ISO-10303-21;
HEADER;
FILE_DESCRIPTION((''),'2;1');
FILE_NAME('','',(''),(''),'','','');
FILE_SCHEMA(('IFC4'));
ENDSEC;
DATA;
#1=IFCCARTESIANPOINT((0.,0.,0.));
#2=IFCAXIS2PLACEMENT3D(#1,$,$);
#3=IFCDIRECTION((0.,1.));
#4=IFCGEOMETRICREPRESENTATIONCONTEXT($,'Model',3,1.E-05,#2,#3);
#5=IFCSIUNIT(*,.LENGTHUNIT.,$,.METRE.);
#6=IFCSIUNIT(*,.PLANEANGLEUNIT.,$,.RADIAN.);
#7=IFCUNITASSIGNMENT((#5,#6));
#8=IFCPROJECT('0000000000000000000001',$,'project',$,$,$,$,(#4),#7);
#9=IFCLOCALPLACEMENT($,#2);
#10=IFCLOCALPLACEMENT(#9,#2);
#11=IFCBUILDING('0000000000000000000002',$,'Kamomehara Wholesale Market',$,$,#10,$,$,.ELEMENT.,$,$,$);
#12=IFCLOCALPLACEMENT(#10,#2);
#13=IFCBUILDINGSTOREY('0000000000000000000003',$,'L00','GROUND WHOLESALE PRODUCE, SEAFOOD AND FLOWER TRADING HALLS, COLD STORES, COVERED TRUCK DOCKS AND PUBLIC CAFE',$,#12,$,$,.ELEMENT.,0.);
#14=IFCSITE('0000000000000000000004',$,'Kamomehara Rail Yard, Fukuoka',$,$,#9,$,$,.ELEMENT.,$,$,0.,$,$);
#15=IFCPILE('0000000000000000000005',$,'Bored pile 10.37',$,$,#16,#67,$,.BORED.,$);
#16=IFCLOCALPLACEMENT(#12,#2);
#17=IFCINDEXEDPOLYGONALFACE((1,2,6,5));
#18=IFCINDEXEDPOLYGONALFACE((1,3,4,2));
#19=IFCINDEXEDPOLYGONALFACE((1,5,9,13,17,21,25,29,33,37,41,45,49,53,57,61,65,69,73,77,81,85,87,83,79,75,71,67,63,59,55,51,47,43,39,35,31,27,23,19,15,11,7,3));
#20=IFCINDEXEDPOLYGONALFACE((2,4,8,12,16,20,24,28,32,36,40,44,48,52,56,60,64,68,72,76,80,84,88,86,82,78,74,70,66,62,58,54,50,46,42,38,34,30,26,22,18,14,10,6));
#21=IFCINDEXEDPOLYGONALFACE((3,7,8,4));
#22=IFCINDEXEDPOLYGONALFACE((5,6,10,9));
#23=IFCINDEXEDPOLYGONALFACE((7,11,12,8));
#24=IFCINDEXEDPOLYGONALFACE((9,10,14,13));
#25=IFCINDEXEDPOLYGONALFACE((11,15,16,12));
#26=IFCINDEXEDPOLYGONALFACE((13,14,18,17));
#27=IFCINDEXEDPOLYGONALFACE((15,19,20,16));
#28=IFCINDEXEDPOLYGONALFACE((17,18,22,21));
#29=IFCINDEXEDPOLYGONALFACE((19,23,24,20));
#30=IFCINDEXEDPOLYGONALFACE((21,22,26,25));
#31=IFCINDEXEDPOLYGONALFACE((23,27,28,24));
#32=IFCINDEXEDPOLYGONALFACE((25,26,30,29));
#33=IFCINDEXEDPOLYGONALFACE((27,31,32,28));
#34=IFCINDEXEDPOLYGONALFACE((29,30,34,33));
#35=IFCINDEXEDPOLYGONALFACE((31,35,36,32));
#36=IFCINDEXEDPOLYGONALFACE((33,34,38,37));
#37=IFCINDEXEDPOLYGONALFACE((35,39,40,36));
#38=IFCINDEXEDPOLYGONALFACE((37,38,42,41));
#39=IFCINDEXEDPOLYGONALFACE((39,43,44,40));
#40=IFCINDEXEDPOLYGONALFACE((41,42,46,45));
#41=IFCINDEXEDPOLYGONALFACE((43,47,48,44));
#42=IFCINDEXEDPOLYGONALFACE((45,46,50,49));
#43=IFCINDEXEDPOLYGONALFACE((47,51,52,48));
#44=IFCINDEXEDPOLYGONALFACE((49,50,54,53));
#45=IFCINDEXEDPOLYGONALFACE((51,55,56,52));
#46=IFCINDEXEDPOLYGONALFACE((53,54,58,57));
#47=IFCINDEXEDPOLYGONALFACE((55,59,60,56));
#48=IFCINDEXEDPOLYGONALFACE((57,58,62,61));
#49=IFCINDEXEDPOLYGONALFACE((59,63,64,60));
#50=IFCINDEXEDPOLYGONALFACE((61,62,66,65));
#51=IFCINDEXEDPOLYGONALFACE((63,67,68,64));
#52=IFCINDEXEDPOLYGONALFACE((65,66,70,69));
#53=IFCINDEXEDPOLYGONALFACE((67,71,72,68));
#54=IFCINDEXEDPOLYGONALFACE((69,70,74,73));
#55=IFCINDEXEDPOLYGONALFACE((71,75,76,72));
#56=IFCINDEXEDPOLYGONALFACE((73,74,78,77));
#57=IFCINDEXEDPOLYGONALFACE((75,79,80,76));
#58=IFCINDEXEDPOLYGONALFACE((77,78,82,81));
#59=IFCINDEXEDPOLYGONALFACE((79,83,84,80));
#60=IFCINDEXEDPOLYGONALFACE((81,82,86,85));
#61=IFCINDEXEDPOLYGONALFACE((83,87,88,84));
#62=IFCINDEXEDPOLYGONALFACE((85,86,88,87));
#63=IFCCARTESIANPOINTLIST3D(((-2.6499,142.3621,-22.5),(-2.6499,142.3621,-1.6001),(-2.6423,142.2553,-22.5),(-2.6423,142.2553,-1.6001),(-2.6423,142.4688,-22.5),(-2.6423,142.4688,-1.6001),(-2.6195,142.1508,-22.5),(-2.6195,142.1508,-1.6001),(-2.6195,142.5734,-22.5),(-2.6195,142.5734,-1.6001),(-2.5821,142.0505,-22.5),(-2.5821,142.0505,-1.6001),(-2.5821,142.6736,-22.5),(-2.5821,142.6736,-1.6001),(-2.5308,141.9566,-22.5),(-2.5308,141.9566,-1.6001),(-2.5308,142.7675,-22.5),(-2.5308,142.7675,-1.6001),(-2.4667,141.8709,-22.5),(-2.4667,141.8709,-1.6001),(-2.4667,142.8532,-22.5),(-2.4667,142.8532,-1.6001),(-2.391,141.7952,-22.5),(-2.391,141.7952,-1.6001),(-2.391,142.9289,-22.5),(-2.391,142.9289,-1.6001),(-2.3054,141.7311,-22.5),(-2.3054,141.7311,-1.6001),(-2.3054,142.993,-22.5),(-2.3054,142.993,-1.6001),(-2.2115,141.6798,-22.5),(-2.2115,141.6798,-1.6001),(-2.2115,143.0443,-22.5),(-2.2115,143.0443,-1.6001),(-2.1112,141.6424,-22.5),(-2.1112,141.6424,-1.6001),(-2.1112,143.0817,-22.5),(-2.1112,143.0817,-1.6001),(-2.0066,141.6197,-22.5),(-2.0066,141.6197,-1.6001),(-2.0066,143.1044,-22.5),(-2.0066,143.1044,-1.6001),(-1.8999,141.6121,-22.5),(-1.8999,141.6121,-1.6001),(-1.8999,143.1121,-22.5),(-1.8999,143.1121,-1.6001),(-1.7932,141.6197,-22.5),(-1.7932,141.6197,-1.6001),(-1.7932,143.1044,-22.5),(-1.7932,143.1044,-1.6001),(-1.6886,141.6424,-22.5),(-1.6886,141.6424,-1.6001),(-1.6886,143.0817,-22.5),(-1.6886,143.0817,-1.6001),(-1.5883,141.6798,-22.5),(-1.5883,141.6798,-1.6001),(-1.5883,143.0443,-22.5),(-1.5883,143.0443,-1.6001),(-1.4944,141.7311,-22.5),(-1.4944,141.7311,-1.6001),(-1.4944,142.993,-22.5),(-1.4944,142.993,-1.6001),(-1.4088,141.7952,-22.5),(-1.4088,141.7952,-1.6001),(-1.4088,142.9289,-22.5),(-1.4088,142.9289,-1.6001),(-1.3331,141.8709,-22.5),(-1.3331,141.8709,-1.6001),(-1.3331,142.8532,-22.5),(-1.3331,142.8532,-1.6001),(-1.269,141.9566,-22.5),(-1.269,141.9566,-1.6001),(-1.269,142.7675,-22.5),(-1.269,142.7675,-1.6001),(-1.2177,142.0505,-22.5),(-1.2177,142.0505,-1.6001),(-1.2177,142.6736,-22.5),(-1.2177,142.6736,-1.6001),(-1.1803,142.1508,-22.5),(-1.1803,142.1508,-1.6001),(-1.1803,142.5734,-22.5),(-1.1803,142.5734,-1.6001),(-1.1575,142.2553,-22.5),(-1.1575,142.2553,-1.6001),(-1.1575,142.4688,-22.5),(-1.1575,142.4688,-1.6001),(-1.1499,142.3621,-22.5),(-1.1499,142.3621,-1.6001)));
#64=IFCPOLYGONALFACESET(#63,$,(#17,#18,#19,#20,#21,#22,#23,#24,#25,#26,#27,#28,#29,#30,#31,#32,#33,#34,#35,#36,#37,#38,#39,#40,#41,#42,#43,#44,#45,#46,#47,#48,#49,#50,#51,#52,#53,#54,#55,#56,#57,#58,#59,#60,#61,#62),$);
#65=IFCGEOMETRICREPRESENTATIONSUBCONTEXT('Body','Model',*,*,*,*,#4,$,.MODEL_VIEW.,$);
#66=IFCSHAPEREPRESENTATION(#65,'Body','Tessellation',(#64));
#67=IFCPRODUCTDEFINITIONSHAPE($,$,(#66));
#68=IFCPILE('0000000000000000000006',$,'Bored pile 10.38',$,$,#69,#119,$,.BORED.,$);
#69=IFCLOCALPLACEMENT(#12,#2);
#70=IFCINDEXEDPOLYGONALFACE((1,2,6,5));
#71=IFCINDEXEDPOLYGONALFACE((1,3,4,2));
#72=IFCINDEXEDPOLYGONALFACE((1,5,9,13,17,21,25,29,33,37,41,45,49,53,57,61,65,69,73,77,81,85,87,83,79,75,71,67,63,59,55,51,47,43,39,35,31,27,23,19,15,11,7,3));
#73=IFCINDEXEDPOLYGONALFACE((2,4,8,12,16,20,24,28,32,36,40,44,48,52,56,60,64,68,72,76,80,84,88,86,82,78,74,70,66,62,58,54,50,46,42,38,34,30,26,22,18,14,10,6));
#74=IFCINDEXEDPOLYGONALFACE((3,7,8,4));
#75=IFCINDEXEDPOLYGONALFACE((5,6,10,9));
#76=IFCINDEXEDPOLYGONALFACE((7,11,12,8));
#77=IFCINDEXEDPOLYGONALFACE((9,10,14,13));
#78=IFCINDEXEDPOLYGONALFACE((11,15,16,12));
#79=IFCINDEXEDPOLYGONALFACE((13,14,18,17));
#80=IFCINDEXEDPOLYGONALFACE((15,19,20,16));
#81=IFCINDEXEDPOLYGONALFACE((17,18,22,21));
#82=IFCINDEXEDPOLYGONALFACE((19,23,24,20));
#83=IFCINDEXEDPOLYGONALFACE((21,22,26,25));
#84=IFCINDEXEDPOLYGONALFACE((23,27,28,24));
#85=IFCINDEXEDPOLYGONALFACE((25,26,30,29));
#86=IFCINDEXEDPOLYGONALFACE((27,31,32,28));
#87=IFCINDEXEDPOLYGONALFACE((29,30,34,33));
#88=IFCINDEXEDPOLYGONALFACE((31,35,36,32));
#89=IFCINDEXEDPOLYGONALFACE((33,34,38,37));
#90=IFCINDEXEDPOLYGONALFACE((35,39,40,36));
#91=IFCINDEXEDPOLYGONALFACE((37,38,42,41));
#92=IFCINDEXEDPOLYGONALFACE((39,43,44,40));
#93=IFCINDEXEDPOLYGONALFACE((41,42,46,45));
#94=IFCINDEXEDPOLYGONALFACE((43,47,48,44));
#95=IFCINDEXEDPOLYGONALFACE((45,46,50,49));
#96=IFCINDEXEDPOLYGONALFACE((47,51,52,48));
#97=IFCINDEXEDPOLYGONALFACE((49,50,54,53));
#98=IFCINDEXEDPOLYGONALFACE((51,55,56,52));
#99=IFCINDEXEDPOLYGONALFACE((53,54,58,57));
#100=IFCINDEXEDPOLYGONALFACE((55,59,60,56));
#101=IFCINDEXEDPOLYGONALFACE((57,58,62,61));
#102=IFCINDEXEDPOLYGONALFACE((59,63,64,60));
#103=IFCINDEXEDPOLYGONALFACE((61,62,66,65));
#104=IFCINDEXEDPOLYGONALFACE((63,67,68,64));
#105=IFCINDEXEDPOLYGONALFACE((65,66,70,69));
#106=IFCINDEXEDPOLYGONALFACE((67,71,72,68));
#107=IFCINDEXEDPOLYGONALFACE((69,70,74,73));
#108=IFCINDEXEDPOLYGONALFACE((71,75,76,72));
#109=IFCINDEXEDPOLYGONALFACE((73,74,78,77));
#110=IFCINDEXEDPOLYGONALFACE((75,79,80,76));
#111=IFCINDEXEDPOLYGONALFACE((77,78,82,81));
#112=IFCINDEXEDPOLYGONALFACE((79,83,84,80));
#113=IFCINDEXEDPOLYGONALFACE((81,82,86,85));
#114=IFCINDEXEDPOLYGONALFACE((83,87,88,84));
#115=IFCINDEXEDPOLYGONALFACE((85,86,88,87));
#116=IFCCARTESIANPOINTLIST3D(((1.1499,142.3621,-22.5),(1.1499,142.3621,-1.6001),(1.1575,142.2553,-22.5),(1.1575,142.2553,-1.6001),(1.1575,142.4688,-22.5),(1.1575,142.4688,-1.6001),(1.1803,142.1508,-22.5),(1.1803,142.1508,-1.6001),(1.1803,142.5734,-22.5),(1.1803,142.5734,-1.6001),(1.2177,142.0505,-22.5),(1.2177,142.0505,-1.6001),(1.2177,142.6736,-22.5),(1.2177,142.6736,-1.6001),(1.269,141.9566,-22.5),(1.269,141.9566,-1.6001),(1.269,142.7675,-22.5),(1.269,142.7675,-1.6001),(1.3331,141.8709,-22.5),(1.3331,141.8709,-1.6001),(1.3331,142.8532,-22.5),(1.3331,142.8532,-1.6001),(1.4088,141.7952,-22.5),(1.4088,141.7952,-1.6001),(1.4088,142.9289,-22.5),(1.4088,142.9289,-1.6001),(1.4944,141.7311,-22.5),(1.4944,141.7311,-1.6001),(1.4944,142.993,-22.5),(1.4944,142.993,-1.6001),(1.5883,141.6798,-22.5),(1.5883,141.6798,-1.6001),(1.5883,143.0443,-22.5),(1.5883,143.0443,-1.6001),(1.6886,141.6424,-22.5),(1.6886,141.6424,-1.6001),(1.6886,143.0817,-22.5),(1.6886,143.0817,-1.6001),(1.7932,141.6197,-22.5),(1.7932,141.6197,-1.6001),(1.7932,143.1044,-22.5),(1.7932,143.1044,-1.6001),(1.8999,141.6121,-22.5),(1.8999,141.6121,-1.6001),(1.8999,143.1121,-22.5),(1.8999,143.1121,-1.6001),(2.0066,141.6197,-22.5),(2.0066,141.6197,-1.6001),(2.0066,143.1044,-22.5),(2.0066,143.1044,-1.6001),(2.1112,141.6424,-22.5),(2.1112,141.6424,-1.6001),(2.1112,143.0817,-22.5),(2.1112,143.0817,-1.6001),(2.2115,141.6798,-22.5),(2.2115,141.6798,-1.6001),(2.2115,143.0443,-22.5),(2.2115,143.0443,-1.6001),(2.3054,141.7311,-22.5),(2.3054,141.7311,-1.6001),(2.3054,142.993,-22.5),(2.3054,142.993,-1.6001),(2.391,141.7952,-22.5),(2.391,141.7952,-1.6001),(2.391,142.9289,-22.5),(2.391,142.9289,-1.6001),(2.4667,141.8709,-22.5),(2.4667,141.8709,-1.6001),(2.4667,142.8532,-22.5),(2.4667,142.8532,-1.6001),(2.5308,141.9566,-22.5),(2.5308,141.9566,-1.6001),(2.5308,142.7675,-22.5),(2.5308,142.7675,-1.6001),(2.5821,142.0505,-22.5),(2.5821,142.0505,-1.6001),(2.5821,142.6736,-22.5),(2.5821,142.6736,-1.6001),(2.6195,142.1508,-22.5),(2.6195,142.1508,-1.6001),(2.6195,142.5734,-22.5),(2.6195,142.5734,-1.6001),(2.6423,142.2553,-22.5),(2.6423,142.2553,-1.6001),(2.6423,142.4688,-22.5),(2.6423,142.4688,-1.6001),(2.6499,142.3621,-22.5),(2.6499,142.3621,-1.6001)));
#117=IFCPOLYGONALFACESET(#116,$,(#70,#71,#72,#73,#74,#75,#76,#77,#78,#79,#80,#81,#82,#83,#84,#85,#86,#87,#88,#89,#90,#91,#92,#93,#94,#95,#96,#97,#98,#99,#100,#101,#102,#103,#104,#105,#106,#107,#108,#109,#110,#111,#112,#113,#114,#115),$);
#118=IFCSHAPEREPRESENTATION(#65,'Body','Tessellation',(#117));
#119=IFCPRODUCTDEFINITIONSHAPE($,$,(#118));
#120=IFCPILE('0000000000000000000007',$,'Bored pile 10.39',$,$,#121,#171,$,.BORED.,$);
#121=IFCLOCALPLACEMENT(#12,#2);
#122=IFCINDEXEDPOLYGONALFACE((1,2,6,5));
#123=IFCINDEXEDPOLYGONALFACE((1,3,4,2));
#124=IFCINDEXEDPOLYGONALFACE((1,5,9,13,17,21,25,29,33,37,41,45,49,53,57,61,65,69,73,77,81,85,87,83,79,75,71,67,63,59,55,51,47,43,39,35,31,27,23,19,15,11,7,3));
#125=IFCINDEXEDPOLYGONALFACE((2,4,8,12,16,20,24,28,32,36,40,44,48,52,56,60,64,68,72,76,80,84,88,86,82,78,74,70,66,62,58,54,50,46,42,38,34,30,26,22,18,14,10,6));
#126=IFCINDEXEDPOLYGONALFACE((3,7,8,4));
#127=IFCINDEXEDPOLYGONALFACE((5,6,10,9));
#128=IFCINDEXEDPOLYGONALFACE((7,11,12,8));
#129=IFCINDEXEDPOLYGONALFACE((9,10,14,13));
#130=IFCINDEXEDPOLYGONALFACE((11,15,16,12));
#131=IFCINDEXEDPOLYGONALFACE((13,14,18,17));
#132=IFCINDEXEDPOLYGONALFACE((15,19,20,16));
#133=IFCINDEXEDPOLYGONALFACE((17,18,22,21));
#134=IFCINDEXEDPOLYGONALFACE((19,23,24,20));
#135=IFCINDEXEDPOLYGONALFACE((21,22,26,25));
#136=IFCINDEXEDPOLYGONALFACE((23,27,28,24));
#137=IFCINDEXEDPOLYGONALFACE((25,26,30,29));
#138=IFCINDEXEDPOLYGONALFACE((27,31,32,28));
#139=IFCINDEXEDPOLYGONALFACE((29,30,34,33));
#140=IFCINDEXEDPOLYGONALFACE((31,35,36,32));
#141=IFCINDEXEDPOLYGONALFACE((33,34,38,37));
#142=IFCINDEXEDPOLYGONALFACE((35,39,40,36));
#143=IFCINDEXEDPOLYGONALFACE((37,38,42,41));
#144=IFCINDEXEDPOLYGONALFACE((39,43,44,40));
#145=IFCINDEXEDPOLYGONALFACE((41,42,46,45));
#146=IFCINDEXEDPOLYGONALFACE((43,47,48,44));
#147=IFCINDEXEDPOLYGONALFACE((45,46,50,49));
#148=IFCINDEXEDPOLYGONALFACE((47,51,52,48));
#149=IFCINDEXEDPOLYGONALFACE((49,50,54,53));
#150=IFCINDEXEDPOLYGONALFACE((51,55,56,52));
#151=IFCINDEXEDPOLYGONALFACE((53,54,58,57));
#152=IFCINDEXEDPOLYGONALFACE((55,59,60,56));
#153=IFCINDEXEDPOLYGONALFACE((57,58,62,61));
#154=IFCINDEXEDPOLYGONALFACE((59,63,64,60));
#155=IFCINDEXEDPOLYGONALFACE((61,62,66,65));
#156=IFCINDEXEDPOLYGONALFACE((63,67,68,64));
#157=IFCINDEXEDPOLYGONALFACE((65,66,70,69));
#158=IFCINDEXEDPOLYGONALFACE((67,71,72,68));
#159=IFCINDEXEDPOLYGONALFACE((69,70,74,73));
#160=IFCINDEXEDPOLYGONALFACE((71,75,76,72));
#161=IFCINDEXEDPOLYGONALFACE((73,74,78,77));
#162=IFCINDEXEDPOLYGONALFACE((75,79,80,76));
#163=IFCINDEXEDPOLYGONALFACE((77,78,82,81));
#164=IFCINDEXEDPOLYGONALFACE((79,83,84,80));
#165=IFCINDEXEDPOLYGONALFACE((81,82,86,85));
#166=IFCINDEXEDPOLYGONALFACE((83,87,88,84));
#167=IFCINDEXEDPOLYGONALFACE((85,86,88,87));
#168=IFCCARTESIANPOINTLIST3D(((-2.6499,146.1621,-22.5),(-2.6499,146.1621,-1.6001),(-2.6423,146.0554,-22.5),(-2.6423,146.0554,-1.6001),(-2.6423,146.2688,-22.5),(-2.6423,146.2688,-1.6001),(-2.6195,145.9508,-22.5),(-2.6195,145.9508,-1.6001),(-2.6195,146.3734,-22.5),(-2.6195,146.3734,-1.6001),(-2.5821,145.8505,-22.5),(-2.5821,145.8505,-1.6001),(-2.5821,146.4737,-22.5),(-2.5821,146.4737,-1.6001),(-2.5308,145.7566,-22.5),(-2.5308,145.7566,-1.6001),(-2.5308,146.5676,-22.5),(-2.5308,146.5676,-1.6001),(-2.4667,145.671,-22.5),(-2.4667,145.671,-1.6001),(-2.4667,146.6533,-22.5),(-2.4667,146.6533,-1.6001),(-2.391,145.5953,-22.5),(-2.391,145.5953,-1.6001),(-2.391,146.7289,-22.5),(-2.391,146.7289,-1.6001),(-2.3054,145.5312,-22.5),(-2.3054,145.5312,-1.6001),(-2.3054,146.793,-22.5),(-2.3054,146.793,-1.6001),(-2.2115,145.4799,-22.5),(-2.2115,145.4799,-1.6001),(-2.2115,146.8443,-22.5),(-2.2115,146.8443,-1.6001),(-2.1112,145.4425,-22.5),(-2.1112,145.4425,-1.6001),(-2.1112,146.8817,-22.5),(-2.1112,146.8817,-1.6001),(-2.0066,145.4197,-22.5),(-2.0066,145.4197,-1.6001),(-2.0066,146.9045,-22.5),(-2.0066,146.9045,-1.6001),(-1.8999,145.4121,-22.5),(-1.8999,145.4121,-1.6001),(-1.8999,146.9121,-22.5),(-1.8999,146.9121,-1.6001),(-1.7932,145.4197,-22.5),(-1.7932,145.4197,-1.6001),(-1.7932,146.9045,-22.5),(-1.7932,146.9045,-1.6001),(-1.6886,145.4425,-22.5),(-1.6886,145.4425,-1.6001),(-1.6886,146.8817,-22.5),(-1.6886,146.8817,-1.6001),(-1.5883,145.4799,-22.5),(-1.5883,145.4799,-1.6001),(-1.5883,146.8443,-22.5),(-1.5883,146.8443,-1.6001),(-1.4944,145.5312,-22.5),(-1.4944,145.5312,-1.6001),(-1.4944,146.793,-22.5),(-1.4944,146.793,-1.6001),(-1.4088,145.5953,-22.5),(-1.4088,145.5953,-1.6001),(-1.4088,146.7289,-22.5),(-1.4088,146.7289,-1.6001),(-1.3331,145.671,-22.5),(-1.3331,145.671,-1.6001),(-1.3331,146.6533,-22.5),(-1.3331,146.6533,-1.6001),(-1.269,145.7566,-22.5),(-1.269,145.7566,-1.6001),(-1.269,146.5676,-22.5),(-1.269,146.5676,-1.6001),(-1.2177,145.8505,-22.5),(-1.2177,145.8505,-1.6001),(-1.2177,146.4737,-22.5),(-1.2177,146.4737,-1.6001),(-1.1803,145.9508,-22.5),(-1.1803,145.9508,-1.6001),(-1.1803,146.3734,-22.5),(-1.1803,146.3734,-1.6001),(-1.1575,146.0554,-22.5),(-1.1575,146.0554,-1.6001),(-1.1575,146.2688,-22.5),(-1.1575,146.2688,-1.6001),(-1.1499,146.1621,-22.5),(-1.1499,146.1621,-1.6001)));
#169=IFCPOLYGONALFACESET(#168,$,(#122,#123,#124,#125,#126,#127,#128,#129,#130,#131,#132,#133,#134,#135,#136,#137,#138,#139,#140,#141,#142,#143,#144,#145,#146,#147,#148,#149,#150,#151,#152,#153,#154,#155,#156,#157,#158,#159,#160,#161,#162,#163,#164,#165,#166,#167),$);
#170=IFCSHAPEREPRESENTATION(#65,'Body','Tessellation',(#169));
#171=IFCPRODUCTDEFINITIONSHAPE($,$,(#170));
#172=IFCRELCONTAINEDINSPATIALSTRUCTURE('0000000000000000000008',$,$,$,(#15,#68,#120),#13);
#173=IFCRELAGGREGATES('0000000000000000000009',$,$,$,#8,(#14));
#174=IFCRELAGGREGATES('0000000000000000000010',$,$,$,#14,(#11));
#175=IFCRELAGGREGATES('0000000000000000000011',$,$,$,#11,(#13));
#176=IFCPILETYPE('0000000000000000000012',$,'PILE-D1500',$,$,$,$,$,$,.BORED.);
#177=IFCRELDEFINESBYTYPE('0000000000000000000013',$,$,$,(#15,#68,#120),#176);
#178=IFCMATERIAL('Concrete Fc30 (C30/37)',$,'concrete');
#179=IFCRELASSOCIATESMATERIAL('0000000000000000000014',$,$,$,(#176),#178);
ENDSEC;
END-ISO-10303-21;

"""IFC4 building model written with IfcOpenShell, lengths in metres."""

from ifc_helpers import new_model, si_unit, direction, frame, origin, origin_2d, place, context, subcontext, project, spatial, circle, extrude, material, material_profile, profile_set, type_object, element, save


model = new_model("IFC4")

# Units and contexts
model_context = context("Model", 3, precision=1e-05, world=origin(), true_north=direction((0.0, 1.0)))
body_context = subcontext(model_context, "Body", "Model", "MODEL_VIEW")
ifc_project = project(units=[si_unit("LENGTHUNIT", "METRE"), si_unit("PLANEANGLEUNIT", "RADIAN")], contexts=[model_context])

# Site, building, storey
site_placement = place(None, origin())
site = spatial("IfcSite", under=ifc_project, at=site_placement, Name="Kamomehara Rail Yard, Fukuoka", CompositionType="ELEMENT", RefElevation=0.0)
building_placement = place(site_placement, origin())
building = spatial("IfcBuilding", under=site, at=building_placement, Name="Kamomehara Wholesale Market", CompositionType="ELEMENT")
storey_placement = place(building_placement, origin())
storey = spatial("IfcBuildingStorey", under=building, at=storey_placement, Name="L00", Description="GROUND WHOLESALE PRODUCE, SEAFOOD AND FLOWER TRADING HALLS, COLD STORES, COVERED TRUCK DOCKS AND PUBLIC CAFE", CompositionType="ELEMENT", Elevation=0.0)

# Piles
ifc_material_1 = material(Name="Concrete Fc30 (C30/37)", Category="concrete")
ifc_material_profile_1 = material_profile(ifc_material_1, circle(Radius=0.75, at=origin_2d()), Name="RC-PILE-D1500")
ifc_profile_set_1 = profile_set([ifc_material_profile_1], Name="Concrete Fc30 (C30/37)")
pile_type_1 = type_object("IfcPileType", Name="PILE-D1500", PredefinedType="BORED", material=ifc_profile_set_1)
for number, where, z_axis, x_axis, name in (
    (1, (-1.8999, 142.3621, -1.6001), (0.0, 0.0, -1.0), (1.0, 0.0, 0.0), "Bored pile 10.37"),
    (2, (1.8999, 142.3621, -1.6001), (0.0, 0.0, -1.0), (1.0, 0.0, 0.0), "Bored pile 10.38"),
    (3, (-1.8999, 146.1621, -1.6001), (0.0, 0.0, -1.0), (1.0, 0.0, 0.0), "Bored pile 10.39"),
):
    element("IfcPile", number, at=place(storey_placement, frame(where, z_axis=z_axis, x_axis=x_axis)), inside=storey, type_object=pile_type_1, Name=name, PredefinedType="BORED", context=body_context, shape_type="SweptSolid", body=[
        extrude(circle(Radius=0.75, at=origin_2d()), origin(), (0.0, 0.0, 1.0), 20.8999),
    ])

save(model, "model.ifc")
